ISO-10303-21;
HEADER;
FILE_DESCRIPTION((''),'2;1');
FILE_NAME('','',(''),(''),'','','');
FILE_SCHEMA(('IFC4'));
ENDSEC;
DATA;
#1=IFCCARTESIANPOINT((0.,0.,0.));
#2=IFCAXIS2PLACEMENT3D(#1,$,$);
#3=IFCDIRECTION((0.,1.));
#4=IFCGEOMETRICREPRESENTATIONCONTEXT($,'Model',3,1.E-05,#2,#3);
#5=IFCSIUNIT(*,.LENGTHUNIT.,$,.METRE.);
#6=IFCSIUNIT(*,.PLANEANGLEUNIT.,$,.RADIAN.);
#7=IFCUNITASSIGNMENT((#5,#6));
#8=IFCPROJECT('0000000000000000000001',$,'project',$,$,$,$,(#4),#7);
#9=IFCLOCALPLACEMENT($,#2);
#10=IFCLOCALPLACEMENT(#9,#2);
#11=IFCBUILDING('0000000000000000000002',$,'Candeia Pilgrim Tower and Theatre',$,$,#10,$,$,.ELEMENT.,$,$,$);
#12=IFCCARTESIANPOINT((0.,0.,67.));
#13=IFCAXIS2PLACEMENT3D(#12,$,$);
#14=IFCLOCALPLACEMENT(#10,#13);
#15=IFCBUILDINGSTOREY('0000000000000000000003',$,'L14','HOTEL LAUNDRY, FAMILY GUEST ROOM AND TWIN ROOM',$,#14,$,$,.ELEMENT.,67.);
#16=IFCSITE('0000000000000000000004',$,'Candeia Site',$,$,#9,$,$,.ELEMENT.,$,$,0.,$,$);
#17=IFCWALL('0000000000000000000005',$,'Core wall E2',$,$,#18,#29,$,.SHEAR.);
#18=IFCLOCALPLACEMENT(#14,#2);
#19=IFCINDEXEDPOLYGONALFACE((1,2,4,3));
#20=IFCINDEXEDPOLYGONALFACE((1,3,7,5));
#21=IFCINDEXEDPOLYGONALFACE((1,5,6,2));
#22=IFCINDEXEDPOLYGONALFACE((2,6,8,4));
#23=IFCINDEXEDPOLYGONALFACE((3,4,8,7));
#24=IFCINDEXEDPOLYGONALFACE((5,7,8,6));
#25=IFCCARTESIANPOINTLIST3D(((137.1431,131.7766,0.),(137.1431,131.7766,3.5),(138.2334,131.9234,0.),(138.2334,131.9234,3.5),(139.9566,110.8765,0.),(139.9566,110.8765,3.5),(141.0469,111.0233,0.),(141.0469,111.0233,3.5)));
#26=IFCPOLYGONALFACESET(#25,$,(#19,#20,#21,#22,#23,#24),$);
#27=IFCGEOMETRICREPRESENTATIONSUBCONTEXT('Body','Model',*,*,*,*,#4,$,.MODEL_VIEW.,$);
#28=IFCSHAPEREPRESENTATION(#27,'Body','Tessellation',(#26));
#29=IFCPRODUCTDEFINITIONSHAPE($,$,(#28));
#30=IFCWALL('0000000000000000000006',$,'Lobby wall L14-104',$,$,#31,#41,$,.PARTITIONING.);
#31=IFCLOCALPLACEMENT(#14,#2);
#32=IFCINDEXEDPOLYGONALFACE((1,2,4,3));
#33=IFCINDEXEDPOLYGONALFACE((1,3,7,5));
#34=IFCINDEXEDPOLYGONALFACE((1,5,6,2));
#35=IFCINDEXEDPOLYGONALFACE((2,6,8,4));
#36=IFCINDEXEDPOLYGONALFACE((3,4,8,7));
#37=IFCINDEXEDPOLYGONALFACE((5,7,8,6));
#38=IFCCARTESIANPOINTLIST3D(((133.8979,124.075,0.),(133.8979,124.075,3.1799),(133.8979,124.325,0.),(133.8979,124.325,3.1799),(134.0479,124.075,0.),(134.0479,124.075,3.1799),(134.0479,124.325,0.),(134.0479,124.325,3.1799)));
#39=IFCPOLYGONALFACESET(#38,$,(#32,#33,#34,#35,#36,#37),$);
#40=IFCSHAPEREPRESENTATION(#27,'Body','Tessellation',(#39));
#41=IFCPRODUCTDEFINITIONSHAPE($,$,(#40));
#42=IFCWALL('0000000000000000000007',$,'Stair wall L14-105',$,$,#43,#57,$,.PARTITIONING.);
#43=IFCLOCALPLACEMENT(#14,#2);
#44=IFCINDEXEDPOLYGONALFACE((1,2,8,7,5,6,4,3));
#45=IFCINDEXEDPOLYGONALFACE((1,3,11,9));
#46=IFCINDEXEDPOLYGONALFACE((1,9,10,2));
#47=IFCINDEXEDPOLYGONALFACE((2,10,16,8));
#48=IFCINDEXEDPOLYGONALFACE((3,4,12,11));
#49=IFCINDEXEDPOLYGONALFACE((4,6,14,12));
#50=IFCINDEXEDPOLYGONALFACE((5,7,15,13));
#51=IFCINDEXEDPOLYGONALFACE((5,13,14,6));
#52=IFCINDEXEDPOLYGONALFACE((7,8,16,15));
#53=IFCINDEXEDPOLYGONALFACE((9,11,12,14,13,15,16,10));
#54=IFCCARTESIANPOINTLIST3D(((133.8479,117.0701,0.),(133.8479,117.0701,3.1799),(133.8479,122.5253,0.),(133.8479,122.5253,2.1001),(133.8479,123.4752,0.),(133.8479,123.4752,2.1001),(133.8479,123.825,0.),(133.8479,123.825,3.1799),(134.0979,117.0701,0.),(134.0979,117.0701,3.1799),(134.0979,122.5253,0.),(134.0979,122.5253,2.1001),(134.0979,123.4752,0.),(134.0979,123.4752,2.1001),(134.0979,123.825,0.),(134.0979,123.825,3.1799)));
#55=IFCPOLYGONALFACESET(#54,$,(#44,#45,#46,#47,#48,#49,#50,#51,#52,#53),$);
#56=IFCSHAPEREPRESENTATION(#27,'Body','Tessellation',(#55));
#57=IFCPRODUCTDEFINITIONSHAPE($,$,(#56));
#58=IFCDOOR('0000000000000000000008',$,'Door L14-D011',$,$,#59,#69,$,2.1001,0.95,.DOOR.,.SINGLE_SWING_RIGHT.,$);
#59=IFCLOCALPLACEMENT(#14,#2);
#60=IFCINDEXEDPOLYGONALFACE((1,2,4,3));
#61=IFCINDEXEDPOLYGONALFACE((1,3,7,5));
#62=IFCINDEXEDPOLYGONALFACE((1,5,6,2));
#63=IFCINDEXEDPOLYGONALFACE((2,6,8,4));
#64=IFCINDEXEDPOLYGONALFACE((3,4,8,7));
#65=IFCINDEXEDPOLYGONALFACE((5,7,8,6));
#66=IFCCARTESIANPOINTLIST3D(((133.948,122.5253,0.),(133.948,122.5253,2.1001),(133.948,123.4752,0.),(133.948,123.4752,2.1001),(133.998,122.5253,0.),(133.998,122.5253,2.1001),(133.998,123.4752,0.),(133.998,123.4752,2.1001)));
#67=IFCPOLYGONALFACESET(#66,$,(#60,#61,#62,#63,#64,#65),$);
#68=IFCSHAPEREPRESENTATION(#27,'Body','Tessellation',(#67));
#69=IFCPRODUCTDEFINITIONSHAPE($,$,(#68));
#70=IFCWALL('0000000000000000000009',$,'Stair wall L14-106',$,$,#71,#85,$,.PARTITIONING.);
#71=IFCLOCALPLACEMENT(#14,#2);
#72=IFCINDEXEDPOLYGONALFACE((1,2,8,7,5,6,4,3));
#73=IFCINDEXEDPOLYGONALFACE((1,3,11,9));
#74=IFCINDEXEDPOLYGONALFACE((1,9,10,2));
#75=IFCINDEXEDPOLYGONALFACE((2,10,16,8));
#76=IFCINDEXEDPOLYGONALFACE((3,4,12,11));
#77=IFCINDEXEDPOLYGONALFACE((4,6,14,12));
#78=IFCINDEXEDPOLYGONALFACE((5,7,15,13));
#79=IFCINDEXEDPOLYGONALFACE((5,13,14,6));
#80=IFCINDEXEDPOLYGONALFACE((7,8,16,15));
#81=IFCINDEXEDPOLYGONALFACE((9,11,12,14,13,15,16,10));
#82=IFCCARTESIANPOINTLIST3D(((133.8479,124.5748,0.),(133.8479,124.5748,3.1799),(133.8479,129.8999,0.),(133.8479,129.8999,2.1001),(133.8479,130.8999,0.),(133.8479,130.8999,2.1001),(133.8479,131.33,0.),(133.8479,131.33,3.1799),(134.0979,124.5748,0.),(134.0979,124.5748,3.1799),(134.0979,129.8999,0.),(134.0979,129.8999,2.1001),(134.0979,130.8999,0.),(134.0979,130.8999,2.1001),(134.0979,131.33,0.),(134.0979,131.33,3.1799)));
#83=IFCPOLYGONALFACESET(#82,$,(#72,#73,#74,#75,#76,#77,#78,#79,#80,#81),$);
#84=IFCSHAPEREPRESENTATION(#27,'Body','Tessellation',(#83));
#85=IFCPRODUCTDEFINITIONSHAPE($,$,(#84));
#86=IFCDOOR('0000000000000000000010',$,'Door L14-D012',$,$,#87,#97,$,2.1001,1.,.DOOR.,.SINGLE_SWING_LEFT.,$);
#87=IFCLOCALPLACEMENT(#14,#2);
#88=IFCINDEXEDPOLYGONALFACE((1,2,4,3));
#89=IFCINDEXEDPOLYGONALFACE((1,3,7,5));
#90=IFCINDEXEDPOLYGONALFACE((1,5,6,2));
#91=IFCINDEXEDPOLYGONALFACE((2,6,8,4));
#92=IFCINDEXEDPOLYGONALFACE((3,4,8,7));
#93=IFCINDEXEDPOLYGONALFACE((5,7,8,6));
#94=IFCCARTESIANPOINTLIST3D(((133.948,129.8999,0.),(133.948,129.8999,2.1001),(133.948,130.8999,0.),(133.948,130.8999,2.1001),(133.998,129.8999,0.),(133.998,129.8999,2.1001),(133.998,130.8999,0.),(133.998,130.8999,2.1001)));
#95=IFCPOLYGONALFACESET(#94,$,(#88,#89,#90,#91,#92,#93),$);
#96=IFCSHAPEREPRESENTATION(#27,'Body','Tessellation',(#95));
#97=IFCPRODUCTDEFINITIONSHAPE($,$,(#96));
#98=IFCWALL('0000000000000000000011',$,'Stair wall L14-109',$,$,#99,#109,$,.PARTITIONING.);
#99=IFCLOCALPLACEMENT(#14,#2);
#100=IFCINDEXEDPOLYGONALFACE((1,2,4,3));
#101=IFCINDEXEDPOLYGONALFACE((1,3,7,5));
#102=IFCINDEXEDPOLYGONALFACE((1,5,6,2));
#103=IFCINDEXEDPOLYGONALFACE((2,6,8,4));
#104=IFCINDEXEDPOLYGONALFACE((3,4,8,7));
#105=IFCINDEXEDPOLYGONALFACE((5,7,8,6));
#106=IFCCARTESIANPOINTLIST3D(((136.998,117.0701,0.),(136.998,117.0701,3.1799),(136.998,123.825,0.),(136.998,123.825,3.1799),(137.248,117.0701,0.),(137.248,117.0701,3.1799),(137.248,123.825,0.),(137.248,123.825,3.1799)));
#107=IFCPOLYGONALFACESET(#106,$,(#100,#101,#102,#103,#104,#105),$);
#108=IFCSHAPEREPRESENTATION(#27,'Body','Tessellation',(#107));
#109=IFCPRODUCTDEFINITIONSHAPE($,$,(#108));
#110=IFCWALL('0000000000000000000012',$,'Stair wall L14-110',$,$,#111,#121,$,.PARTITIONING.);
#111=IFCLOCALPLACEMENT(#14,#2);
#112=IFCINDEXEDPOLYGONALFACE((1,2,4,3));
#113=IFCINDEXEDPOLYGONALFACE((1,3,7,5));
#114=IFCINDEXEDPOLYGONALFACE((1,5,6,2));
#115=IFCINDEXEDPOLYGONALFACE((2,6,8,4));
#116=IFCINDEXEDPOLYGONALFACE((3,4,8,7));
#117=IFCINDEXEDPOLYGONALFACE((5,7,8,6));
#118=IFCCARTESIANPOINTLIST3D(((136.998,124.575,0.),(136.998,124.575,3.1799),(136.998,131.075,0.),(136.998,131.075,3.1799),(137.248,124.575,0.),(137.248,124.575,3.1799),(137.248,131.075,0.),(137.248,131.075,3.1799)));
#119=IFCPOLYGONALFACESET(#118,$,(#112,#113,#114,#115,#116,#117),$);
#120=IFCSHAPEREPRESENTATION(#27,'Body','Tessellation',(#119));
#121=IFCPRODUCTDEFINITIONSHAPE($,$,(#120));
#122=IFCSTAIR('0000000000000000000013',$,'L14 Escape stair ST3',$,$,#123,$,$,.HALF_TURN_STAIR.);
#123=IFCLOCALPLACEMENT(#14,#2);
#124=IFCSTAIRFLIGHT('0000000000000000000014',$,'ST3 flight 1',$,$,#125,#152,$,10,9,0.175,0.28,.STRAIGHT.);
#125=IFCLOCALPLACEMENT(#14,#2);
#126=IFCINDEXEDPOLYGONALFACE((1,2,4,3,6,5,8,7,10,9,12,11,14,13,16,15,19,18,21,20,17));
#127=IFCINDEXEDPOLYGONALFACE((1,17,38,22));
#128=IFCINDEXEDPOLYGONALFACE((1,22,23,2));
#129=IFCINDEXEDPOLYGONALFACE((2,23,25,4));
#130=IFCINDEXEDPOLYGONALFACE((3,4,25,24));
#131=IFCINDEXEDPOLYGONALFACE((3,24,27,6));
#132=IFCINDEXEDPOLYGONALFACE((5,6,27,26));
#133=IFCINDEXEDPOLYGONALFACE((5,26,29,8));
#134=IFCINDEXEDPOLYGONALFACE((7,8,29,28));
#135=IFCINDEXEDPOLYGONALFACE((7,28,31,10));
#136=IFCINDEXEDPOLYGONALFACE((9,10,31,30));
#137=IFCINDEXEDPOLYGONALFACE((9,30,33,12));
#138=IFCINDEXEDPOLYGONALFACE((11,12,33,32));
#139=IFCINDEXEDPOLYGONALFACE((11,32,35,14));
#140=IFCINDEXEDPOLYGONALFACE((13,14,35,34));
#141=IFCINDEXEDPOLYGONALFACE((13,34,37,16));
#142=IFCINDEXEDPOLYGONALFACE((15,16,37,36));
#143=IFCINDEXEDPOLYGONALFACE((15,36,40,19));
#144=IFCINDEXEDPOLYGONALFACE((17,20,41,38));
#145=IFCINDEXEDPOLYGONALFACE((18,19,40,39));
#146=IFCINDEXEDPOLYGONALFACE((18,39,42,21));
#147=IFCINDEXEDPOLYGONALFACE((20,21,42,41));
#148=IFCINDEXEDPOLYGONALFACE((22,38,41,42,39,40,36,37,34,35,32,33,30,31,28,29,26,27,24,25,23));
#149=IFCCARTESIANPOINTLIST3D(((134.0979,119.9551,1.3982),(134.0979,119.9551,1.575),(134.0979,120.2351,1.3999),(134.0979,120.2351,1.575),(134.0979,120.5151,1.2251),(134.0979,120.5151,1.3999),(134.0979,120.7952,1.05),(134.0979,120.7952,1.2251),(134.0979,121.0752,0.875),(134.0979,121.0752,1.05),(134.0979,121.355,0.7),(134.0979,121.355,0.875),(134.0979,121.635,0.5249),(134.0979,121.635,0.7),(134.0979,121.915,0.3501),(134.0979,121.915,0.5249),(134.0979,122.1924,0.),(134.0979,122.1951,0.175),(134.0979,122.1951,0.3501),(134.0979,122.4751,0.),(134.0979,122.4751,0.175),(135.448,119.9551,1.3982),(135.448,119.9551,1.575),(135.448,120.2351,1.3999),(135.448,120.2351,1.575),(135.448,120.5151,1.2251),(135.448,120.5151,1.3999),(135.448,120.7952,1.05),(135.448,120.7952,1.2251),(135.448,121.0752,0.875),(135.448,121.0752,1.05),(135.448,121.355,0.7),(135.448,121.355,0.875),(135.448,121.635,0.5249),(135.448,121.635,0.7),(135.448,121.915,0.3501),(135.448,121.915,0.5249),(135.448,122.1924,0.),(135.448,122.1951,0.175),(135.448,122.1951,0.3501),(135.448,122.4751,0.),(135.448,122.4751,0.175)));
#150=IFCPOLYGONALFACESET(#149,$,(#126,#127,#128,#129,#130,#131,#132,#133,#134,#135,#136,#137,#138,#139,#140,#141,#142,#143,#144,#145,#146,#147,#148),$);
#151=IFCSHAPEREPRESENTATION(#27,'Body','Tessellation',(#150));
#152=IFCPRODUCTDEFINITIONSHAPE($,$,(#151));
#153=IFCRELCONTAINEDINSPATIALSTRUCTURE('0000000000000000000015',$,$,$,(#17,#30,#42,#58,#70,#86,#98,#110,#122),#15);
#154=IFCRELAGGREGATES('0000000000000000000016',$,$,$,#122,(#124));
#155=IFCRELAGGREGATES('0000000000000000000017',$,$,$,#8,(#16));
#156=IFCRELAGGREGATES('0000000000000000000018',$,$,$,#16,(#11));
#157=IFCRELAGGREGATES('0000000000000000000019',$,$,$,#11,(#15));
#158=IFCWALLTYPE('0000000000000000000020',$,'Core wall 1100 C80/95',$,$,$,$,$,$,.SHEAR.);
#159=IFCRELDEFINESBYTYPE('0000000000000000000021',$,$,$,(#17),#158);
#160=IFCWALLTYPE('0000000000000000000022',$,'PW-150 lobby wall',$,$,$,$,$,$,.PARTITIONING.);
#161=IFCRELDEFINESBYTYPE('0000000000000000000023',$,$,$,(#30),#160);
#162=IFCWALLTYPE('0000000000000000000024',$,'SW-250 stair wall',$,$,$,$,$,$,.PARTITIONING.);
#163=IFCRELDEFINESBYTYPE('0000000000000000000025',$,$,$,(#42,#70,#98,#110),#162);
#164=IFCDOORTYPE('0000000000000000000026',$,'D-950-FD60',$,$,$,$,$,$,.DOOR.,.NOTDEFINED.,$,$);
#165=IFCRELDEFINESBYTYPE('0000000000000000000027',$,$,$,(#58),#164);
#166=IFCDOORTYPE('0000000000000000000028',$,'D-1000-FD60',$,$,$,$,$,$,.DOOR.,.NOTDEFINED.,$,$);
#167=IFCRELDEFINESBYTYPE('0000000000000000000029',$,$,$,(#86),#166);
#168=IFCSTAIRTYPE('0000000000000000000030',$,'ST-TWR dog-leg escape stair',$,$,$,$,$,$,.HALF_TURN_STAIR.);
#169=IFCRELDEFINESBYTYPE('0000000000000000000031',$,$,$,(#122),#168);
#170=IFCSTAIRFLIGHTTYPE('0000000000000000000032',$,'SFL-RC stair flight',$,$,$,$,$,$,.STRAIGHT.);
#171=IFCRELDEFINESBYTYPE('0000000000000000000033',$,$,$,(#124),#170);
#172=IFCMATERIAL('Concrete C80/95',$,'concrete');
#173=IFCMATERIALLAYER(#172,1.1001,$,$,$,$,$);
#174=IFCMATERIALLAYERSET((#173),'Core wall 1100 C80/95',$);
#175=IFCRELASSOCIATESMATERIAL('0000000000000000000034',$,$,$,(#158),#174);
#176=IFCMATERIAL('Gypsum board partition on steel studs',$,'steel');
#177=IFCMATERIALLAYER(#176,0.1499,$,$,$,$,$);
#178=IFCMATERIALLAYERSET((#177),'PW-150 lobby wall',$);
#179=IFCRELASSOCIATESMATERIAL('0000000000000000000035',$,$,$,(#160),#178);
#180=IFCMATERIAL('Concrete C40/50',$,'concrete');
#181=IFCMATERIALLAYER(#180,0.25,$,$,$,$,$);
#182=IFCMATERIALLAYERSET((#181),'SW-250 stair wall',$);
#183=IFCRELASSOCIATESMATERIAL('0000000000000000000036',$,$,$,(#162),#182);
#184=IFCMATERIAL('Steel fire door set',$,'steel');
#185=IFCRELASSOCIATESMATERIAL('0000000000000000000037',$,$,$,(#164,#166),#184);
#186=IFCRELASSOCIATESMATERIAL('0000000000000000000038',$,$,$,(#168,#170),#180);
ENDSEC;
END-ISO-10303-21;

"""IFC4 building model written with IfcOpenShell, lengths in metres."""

from ifc_helpers import new_model, si_unit, direction, frame, frame_2d, origin, place, context, subcontext, project, spatial, polyline, rectangle, outline, extrude, material, layer, layer_set, type_object, element, fill, aggregate, save


model = new_model("IFC4")

# Units and contexts
model_context = context("Model", 3, precision=1e-05, world=origin(), true_north=direction((0.0, 1.0)))
body_context = subcontext(model_context, "Body", "Model", "MODEL_VIEW")
ifc_project = project(units=[si_unit("LENGTHUNIT", "METRE"), si_unit("PLANEANGLEUNIT", "RADIAN")], contexts=[model_context])

# Site, building, storey
site_placement = place(None, origin())
site = spatial("IfcSite", under=ifc_project, at=site_placement, Name="Candeia Site", CompositionType="ELEMENT", RefElevation=0.0)
building_placement = place(site_placement, origin())
building = spatial("IfcBuilding", under=site, at=building_placement, Name="Candeia Pilgrim Tower and Theatre", CompositionType="ELEMENT")
storey_placement = place(building_placement, frame((0.0, 0.0, 67.0)))
storey = spatial("IfcBuildingStorey", under=building, at=storey_placement, Name="L14", Description="HOTEL LAUNDRY, FAMILY GUEST ROOM AND TWIN ROOM", CompositionType="ELEMENT", Elevation=67.0)

# Walls
ifc_material_1 = material(Name="Concrete C80/95", Category="concrete")
ifc_layer_1 = layer(ifc_material_1, 1.1001)
ifc_layer_set_1 = layer_set([ifc_layer_1], Name="Core wall 1100 C80/95")
wall_type_1 = type_object("IfcWallType", Name="Core wall 1100 C80/95", PredefinedType="SHEAR", material=ifc_layer_set_1)
wall_1_placement = place(storey_placement, frame((137.6882, 131.8501, 0.0), z_axis=(0.0, 0.0, 1.0), x_axis=(0.133412, -0.991061, 0.0)))
element("IfcWall", 1, at=wall_1_placement, inside=storey, type_object=wall_type_1, Name="Core wall E2", PredefinedType="SHEAR", context=body_context, shape_type="SweptSolid", body=[
    extrude(rectangle(XDim=21.0886, YDim=1.1001, at=frame_2d((10.5444, 0.0))), origin(), (0.0, 0.0, 1.0), 3.5),
])
ifc_material_2 = material(Name="Gypsum board partition on steel studs", Category="steel")
ifc_layer_2 = layer(ifc_material_2, 0.1499)
ifc_layer_set_2 = layer_set([ifc_layer_2], Name="PW-150 lobby wall")
wall_type_2 = type_object("IfcWallType", Name="PW-150 lobby wall", PredefinedType="PARTITIONING", material=ifc_layer_set_2)
wall_2_placement = place(storey_placement, frame((133.9729, 124.075, 0.0), z_axis=(0.0, 0.0, 1.0), x_axis=(0.0, 1.0, 0.0)))
element("IfcWall", 2, at=wall_2_placement, inside=storey, type_object=wall_type_2, Name="Lobby wall L14-104", PredefinedType="PARTITIONING", context=body_context, shape_type="SweptSolid", body=[
    extrude(rectangle(XDim=0.25, YDim=0.1499, at=frame_2d((0.125, 0.0))), origin(), (0.0, 0.0, 1.0), 3.1799),
])

# Walls, openings, doors
ifc_material_3 = material(Name="Concrete C40/50", Category="concrete")
ifc_layer_3 = layer(ifc_material_3, 0.25)
ifc_layer_set_3 = layer_set([ifc_layer_3], Name="SW-250 stair wall")
wall_type_3 = type_object("IfcWallType", Name="SW-250 stair wall", PredefinedType="PARTITIONING", material=ifc_layer_set_3)
wall_3_placement = place(storey_placement, frame((133.9729, 117.0701, 0.0), z_axis=(0.0, 0.0, 1.0), x_axis=(0.0, 1.0, 0.0)))
wall_3 = element("IfcWall", 3, at=wall_3_placement, inside=storey, type_object=wall_type_3, Name="Stair wall L14-105", PredefinedType="PARTITIONING", context=body_context, shape_type="SweptSolid", body=[
    extrude(rectangle(XDim=6.7549, YDim=0.25, at=frame_2d((3.3774, 0.0))), origin(), (0.0, 0.0, 1.0), 3.1799),
])
opening_1_placement = place(wall_3_placement, frame((5.4551, 0.0, 0.0)))
opening_1 = element("IfcOpeningElement", 4, at=opening_1_placement, cuts=wall_3, PredefinedType="OPENING", context=body_context, shape_type="SweptSolid", body=[
    extrude(rectangle(XDim=0.95, YDim=2.1001, at=frame_2d((0.4751, 1.05))), frame((0.0, 0.135, 0.0), z_axis=(0.0, -1.0, 0.0), x_axis=(1.0, 0.0, 0.0)), (0.0, 0.0, 1.0), 0.27),
])
ifc_material_4 = material(Name="Steel fire door set", Category="steel")
door_type_1 = type_object("IfcDoorType", Name="D-950-FD60", OperationType="NOTDEFINED", PredefinedType="DOOR", material=ifc_material_4)
door_1_placement = place(opening_1_placement, origin())
door_1 = element("IfcDoor", 5, at=door_1_placement, inside=storey, type_object=door_type_1, Name="Door L14-D011", OperationType="SINGLE_SWING_RIGHT", OverallHeight=2.1001, OverallWidth=0.95, PredefinedType="DOOR", context=body_context, shape_type="SweptSolid", body=[
    extrude(rectangle(XDim=0.95, YDim=2.1001, at=frame_2d((0.4751, 1.05))), frame((0.0, 0.0249, 0.0), z_axis=(0.0, -1.0, 0.0), x_axis=(1.0, 0.0, 0.0)), (0.0, 0.0, 1.0), 0.05),
])
fill(opening_1, door_1)
wall_4_placement = place(storey_placement, frame((133.9729, 124.575, 0.0), z_axis=(0.0, 0.0, 1.0), x_axis=(0.0, 1.0, 0.0)))
wall_4 = element("IfcWall", 6, at=wall_4_placement, inside=storey, type_object=wall_type_3, Name="Stair wall L14-106", PredefinedType="PARTITIONING", context=body_context, shape_type="SweptSolid", body=[
    extrude(rectangle(XDim=6.7551, YDim=0.25, at=frame_2d((3.3774, 0.0))), origin(), (0.0, 0.0, 1.0), 3.1799),
])
opening_2_placement = place(wall_4_placement, frame((5.325, 0.0, 0.0)))
opening_2 = element("IfcOpeningElement", 7, at=opening_2_placement, cuts=wall_4, PredefinedType="OPENING", context=body_context, shape_type="SweptSolid", body=[
    extrude(rectangle(XDim=1.0, YDim=2.1001, at=frame_2d((0.5, 1.05))), frame((0.0, 0.135, 0.0), z_axis=(0.0, -1.0, 0.0), x_axis=(1.0, 0.0, 0.0)), (0.0, 0.0, 1.0), 0.27),
])
door_type_2 = type_object("IfcDoorType", Name="D-1000-FD60", OperationType="NOTDEFINED", PredefinedType="DOOR", material=ifc_material_4)
door_2_placement = place(opening_2_placement, origin())
door_2 = element("IfcDoor", 8, at=door_2_placement, inside=storey, type_object=door_type_2, Name="Door L14-D012", OperationType="SINGLE_SWING_LEFT", OverallHeight=2.1001, OverallWidth=1.0, PredefinedType="DOOR", context=body_context, shape_type="SweptSolid", body=[
    extrude(rectangle(XDim=1.0, YDim=2.1001, at=frame_2d((0.5, 1.05))), frame((0.0, 0.0249, 0.0), z_axis=(0.0, -1.0, 0.0), x_axis=(1.0, 0.0, 0.0)), (0.0, 0.0, 1.0), 0.05),
])
fill(opening_2, door_2)

# Walls
wall_5_placement = place(storey_placement, frame((137.123, 117.0701, 0.0), z_axis=(0.0, 0.0, 1.0), x_axis=(0.0, 1.0, 0.0)))
element("IfcWall", 9, at=wall_5_placement, inside=storey, type_object=wall_type_3, Name="Stair wall L14-109", PredefinedType="PARTITIONING", context=body_context, shape_type="SweptSolid", body=[
    extrude(rectangle(XDim=6.7549, YDim=0.25, at=frame_2d((3.3774, 0.0))), origin(), (0.0, 0.0, 1.0), 3.1799),
])
wall_6_placement = place(storey_placement, frame((137.123, 124.575, 0.0), z_axis=(0.0, 0.0, 1.0), x_axis=(0.0, 1.0, 0.0)))
element("IfcWall", 10, at=wall_6_placement, inside=storey, type_object=wall_type_3, Name="Stair wall L14-110", PredefinedType="PARTITIONING", context=body_context, shape_type="SweptSolid", body=[
    extrude(rectangle(XDim=6.5, YDim=0.25, at=frame_2d((3.25, 0.0))), origin(), (0.0, 0.0, 1.0), 3.1799),
])

# Stair, stair flight
stair_type = type_object("IfcStairType", Name="ST-TWR dog-leg escape stair", PredefinedType="HALF_TURN_STAIR", material=ifc_material_3)
stair_1_placement = place(storey_placement, origin())
stair_1 = element("IfcStair", 11, at=stair_1_placement, inside=storey, type_object=stair_type, Name="L14 Escape stair ST3", PredefinedType="HALF_TURN_STAIR")
stair_flight_type = type_object("IfcStairFlightType", Name="SFL-RC stair flight", PredefinedType="STRAIGHT", material=ifc_material_3)
stair_flight_1_placement = place(storey_placement, frame((134.7729, 122.4751, 0.0), z_axis=(0.0, 0.0, 1.0), x_axis=(0.0, -1.0, 0.0)))
stair_flight_1 = element("IfcStairFlight", 12, at=stair_flight_1_placement, type_object=stair_flight_type, Name="ST3 flight 1", NumberOfRisers=10, NumberOfTreads=9, PredefinedType="STRAIGHT", RiserHeight=0.175, TreadLength=0.28, context=body_context, shape_type="SweptSolid", body=[
    extrude(outline(polyline([(0.0, 0.0), (0.0, 0.175), (0.28, 0.175), (0.28, 0.3501), (0.5601, 0.3501), (0.5601, 0.5249), (0.8401, 0.5249), (0.8401, 0.7), (1.1201, 0.7), (1.1201, 0.875), (1.3999, 0.875), (1.3999, 1.05), (1.6799, 1.05), (1.6799, 1.2251), (1.96, 1.2251), (1.96, 1.3999), (2.24, 1.3999), (2.24, 1.575), (2.52, 1.575), (2.52, 1.75), (2.52, 1.3982), (0.2827, 0.0), (0.0, 0.0)])), frame((0.0, 0.675, 0.0), z_axis=(0.0, -1.0, 0.0), x_axis=(1.0, 0.0, 0.0)), (0.0, 0.0, 1.0), 1.3501),
])
aggregate(stair_1, [stair_flight_1])

save(model, "model.ifc")
